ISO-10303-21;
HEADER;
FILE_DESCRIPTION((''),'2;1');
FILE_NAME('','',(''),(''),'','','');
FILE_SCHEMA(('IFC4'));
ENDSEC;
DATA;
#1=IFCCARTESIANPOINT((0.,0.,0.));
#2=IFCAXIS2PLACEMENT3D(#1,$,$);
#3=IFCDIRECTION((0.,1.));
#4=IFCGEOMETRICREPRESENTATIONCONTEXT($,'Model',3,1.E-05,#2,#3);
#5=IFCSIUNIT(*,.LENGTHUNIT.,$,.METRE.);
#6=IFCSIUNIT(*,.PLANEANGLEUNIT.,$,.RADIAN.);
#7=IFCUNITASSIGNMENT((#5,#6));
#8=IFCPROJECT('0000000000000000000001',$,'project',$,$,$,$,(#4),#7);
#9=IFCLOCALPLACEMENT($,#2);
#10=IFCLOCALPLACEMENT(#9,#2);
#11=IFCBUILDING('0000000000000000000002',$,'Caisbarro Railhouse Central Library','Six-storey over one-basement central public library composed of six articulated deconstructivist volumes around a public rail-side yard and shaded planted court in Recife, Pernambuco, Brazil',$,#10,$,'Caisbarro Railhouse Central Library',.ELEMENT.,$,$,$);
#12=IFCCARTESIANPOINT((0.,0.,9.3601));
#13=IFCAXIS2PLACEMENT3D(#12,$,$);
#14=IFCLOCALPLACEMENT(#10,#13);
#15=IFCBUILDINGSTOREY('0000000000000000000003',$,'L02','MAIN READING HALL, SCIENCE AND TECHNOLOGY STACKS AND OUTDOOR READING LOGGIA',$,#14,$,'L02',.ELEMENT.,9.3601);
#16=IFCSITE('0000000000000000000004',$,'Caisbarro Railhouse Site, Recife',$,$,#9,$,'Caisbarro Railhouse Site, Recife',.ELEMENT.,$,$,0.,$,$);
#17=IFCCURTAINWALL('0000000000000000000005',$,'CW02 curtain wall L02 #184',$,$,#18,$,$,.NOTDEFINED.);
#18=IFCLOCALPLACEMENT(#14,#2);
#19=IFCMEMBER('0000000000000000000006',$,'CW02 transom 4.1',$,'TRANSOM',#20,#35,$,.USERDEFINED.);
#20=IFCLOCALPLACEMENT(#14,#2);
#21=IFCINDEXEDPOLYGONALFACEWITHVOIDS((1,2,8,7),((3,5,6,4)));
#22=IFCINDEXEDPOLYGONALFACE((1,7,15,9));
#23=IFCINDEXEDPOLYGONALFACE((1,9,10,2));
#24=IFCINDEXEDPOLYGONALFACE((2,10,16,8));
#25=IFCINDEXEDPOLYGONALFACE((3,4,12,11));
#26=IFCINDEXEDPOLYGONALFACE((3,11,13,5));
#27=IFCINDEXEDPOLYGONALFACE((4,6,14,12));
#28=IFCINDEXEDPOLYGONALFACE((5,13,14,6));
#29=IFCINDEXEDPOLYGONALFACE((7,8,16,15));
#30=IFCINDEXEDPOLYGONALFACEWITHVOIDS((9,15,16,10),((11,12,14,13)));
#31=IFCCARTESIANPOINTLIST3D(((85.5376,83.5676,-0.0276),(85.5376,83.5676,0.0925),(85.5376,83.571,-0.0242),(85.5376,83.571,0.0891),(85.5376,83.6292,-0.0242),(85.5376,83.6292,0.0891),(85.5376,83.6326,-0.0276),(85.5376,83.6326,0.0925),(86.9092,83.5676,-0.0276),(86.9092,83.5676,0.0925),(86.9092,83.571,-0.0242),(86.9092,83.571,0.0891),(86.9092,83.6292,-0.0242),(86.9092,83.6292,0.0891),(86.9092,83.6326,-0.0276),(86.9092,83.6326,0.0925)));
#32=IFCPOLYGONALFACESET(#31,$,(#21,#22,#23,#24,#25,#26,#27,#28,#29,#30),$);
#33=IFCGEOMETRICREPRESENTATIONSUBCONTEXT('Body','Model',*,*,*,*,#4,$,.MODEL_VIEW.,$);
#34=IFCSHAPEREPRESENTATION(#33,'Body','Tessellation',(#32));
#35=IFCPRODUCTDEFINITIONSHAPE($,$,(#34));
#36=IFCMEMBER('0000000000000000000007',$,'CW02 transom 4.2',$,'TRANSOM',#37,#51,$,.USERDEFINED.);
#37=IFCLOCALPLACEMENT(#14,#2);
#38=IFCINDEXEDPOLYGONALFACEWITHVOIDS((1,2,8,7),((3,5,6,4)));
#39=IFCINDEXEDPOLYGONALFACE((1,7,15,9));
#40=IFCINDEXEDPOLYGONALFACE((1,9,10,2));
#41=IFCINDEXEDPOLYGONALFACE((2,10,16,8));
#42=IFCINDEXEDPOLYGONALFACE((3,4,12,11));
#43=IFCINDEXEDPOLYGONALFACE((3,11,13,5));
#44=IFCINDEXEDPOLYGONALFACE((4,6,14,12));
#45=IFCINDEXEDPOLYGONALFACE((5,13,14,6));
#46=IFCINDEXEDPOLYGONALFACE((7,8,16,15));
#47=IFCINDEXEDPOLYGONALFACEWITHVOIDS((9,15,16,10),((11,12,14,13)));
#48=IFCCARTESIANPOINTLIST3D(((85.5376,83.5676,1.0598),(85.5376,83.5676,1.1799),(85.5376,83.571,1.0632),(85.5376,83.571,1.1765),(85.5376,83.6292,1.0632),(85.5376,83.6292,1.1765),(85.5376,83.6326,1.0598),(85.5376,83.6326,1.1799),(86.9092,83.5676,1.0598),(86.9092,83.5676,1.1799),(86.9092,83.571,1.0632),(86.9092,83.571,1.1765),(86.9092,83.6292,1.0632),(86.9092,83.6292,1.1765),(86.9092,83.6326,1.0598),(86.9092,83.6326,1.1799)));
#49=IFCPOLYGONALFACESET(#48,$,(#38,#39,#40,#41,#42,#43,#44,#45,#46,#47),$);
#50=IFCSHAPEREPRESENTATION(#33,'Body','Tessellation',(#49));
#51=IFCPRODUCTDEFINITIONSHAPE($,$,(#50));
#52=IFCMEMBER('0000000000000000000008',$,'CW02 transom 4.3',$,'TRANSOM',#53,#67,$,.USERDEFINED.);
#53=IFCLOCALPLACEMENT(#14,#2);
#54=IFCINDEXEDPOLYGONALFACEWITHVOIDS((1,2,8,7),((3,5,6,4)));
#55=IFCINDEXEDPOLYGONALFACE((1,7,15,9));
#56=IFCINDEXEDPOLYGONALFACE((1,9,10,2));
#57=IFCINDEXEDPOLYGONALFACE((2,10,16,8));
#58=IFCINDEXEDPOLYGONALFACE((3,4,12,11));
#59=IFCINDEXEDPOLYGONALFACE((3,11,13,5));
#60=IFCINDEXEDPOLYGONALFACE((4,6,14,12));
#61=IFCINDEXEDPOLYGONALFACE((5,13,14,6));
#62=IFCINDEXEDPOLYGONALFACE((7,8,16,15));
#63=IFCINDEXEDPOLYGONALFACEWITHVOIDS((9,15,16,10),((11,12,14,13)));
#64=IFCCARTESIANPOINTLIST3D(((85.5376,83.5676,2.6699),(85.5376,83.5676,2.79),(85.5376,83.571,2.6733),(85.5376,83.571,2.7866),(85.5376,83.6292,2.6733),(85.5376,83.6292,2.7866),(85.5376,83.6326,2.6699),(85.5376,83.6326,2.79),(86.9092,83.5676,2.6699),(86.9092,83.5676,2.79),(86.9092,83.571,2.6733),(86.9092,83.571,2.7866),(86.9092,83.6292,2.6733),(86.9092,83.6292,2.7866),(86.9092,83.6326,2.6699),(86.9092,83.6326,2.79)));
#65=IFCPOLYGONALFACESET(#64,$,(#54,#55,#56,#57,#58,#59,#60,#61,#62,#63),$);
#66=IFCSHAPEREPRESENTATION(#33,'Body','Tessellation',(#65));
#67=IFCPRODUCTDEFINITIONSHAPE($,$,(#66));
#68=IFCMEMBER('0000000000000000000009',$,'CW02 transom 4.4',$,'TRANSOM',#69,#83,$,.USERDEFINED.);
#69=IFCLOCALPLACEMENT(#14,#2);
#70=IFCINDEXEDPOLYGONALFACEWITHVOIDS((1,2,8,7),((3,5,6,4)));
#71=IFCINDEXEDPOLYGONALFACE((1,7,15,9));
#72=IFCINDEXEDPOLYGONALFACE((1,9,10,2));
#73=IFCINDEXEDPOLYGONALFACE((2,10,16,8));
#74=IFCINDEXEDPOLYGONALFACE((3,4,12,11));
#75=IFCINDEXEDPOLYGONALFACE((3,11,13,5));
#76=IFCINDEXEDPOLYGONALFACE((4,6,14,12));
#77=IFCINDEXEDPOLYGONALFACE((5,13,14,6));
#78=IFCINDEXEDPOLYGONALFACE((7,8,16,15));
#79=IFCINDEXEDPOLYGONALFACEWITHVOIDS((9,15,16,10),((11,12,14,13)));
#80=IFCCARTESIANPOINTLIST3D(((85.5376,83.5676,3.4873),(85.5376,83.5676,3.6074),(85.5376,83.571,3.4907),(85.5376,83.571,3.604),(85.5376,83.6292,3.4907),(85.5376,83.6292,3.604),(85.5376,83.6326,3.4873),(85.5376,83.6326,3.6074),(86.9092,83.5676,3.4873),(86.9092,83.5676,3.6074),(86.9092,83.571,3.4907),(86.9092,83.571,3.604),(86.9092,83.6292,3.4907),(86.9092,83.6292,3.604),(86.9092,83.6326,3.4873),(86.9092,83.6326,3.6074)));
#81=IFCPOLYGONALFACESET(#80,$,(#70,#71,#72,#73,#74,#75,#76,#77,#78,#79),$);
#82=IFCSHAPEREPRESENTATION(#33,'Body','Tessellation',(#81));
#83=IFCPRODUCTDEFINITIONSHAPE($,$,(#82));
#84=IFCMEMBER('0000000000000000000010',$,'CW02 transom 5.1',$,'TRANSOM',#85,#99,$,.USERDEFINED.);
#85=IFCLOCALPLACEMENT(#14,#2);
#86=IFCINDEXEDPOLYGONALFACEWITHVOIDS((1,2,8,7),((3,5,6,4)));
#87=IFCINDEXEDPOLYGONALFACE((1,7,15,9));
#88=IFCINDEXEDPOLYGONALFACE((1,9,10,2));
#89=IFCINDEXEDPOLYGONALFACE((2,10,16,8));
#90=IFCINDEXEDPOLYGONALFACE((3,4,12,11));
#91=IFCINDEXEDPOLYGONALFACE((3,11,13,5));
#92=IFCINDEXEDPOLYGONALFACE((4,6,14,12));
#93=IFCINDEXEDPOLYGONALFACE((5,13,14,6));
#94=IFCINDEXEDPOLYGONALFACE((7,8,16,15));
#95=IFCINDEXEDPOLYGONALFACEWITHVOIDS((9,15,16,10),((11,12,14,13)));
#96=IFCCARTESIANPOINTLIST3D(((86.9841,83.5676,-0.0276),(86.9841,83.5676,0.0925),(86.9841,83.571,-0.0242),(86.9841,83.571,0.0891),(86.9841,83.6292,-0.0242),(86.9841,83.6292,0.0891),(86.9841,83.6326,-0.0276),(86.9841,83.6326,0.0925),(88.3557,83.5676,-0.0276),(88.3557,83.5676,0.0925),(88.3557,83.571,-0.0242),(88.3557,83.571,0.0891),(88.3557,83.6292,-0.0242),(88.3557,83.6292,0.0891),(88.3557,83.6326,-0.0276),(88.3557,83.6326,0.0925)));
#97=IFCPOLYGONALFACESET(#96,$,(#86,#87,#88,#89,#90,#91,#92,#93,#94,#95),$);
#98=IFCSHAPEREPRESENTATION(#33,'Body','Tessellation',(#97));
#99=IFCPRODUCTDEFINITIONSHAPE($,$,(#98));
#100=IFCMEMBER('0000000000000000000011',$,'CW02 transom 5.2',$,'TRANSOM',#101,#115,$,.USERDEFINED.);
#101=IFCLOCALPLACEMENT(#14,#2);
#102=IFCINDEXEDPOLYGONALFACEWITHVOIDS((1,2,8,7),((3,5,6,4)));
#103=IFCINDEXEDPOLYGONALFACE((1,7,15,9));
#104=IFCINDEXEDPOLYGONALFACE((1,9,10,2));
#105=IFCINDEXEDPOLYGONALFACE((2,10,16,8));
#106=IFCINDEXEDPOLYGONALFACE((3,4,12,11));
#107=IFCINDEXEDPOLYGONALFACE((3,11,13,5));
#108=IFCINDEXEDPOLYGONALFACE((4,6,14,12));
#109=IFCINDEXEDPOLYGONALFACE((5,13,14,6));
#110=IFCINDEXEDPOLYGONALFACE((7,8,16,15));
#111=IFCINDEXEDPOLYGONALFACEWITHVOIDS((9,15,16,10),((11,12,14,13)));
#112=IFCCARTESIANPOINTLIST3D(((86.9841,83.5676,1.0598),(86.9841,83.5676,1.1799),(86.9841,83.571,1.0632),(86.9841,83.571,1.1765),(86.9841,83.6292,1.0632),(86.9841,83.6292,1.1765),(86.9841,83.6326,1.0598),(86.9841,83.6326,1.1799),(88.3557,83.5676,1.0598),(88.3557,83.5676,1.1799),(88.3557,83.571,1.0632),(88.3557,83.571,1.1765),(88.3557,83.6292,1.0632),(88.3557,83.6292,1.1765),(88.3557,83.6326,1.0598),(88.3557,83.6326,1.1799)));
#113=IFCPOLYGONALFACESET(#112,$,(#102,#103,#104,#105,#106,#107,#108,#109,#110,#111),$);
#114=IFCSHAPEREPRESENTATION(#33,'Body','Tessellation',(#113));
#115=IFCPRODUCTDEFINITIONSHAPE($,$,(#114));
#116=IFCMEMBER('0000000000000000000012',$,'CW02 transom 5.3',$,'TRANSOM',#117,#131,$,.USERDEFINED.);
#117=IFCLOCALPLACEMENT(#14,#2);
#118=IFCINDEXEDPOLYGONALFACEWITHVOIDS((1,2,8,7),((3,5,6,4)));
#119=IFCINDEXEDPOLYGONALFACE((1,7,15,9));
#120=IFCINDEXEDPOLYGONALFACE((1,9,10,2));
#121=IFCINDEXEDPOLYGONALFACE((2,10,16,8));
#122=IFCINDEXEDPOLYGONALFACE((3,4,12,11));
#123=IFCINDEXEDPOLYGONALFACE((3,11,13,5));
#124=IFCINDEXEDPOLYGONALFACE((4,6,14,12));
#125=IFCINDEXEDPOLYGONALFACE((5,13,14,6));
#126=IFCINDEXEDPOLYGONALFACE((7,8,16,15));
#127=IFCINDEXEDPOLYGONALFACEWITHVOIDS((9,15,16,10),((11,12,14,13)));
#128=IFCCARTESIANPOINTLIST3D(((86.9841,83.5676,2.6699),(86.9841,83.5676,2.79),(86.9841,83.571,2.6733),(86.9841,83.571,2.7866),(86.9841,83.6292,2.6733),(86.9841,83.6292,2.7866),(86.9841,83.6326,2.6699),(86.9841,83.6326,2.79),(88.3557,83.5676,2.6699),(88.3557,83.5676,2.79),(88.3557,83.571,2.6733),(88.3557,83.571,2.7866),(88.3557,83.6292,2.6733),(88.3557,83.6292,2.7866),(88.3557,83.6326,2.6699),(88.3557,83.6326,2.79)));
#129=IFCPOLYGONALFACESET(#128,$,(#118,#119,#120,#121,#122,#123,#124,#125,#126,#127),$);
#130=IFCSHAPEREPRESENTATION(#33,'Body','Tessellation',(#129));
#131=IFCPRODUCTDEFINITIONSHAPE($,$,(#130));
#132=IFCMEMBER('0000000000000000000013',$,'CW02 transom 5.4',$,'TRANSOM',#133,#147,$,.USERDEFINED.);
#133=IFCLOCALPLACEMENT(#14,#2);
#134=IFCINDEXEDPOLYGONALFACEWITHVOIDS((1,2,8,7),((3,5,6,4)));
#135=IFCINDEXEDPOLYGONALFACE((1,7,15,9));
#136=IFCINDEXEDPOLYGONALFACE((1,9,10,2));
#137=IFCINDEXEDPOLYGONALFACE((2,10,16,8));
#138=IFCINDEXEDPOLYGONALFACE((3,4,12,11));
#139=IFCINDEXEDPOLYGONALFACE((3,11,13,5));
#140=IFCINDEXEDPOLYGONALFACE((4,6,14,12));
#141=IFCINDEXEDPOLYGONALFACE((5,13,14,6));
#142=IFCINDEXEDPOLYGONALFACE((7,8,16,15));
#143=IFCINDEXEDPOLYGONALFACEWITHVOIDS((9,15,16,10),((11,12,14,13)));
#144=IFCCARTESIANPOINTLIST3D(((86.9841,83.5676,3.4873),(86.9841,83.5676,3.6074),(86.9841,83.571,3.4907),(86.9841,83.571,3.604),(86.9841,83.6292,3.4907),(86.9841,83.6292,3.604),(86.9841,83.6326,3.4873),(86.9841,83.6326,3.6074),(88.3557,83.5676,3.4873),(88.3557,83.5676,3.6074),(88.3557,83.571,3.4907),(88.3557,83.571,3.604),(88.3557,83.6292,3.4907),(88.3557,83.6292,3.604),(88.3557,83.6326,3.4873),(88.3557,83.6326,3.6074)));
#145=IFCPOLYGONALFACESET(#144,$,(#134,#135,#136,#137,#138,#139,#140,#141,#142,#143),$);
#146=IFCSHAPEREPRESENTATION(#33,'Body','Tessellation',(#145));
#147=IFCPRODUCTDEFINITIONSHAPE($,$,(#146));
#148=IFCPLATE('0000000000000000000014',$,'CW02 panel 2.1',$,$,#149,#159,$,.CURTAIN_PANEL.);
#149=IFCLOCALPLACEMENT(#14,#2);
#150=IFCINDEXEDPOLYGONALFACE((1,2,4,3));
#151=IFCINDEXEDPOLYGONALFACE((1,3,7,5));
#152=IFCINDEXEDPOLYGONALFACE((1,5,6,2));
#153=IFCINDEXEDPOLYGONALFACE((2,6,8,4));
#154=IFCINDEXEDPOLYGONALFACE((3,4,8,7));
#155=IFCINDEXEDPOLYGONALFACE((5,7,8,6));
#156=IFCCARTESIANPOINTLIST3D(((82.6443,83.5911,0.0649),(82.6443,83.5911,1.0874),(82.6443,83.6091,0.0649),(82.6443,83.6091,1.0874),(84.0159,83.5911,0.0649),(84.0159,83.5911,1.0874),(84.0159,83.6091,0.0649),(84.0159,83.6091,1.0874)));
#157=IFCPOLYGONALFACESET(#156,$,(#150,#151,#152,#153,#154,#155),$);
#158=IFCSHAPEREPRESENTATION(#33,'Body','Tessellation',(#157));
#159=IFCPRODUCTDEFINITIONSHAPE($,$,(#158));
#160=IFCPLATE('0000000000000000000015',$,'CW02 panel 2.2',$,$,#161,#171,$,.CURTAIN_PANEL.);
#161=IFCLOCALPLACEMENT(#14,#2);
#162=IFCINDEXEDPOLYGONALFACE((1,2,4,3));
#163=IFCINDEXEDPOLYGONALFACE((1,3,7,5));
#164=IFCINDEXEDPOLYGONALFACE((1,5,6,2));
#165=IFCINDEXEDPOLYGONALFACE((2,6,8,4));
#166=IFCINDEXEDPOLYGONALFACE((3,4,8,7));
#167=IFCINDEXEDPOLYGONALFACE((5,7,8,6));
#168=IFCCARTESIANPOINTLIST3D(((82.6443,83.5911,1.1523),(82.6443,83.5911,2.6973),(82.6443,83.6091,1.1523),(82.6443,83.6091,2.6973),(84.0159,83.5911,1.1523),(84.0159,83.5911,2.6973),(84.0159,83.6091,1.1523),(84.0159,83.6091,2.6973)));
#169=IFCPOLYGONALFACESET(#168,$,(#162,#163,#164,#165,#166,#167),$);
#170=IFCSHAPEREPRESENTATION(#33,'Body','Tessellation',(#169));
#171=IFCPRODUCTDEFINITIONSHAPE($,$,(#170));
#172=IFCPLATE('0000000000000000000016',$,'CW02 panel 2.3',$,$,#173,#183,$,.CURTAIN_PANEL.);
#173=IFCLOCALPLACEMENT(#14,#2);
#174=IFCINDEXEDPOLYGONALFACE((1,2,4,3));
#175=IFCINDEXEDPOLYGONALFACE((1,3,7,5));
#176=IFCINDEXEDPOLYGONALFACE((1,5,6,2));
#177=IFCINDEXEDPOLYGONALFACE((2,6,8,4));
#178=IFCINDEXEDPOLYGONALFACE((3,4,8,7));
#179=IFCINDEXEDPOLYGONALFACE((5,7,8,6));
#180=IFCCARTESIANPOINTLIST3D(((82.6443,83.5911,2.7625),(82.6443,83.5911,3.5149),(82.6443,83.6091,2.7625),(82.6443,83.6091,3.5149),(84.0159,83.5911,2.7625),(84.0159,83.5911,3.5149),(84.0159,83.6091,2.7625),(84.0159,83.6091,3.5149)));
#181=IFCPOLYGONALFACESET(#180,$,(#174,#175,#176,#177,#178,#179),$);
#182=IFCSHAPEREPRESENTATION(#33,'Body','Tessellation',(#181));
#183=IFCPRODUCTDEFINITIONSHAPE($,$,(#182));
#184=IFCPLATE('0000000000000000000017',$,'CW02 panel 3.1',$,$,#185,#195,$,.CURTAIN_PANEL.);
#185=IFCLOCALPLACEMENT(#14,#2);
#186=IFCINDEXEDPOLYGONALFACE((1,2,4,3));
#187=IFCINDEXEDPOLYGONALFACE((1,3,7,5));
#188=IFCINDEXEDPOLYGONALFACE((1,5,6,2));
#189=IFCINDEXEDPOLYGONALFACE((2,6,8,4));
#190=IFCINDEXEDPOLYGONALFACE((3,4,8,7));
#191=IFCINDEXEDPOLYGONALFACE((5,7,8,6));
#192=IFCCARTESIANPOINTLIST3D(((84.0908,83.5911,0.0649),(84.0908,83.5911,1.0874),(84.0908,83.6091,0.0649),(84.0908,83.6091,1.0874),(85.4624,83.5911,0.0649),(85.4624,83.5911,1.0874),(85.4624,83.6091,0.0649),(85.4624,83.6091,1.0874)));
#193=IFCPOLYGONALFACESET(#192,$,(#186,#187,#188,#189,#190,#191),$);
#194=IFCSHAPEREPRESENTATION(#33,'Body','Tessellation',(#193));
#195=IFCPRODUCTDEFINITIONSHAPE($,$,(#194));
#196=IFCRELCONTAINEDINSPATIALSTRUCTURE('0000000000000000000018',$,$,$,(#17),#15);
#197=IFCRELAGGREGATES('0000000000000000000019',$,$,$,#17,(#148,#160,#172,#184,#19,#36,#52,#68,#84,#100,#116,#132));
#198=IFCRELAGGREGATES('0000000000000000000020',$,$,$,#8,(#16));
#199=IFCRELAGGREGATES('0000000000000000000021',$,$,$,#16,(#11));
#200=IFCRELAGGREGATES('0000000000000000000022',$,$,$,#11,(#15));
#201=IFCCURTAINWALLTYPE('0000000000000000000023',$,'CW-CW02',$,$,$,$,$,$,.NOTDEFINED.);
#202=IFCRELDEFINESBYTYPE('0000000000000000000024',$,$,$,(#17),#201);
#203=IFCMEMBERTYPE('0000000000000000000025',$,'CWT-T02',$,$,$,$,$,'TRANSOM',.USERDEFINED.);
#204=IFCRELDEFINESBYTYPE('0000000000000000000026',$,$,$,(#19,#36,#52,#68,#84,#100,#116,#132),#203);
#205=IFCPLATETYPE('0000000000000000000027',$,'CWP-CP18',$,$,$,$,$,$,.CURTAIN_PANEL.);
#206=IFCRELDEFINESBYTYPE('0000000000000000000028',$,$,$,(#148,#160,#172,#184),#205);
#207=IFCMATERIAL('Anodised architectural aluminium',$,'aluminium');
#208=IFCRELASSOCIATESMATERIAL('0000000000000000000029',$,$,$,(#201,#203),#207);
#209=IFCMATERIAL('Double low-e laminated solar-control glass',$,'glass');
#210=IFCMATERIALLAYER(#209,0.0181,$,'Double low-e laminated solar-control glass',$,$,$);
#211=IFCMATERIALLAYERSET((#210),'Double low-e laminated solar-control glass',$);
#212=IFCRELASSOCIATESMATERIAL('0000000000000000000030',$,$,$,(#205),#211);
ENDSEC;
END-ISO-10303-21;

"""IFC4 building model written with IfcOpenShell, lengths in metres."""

from ifc_helpers import new_model, si_unit, direction, frame, origin, origin_2d, place, context, subcontext, project, spatial, rectangle, hollow_rectangle, extrude, material, layer, layer_set, material_profile, profile_set, type_object, element, aggregate, save


model = new_model("IFC4")

# Units and contexts
model_context = context("Model", 3, precision=1e-05, world=origin(), true_north=direction((0.0, 1.0)))
body_context = subcontext(model_context, "Body", "Model", "MODEL_VIEW")
ifc_project = project(units=[si_unit("LENGTHUNIT", "METRE"), si_unit("PLANEANGLEUNIT", "RADIAN")], contexts=[model_context])

# Site, building, storey
site_placement = place(None, origin())
site = spatial("IfcSite", under=ifc_project, at=site_placement, Name="Caisbarro Railhouse Site, Recife", LongName="Caisbarro Railhouse Site, Recife", CompositionType="ELEMENT", RefElevation=0.0)
building_placement = place(site_placement, origin())
building = spatial("IfcBuilding", under=site, at=building_placement, Name="Caisbarro Railhouse Central Library", Description="Six-storey over one-basement central public library composed of six articulated deconstructivist volumes around a public rail-side yard and shaded planted court in Recife, Pernambuco, Brazil", LongName="Caisbarro Railhouse Central Library", CompositionType="ELEMENT")
storey_placement = place(building_placement, frame((0.0, 0.0, 9.3601)))
storey = spatial("IfcBuildingStorey", under=building, at=storey_placement, Name="L02", Description="MAIN READING HALL, SCIENCE AND TECHNOLOGY STACKS AND OUTDOOR READING LOGGIA", LongName="L02", CompositionType="ELEMENT", Elevation=9.3601)

# Curtain wall, members, plates
ifc_material_1 = material(Name="Anodised architectural aluminium", Category="aluminium")
curtain_wall_type = type_object("IfcCurtainWallType", Name="CW-CW02", PredefinedType="NOTDEFINED", material=ifc_material_1)
curtain_wall_placement = place(storey_placement, origin())
curtain_wall = element("IfcCurtainWall", 1, at=curtain_wall_placement, inside=storey, type_object=curtain_wall_type, Name="CW02 curtain wall L02 #184", PredefinedType="NOTDEFINED")
ifc_material_profile_1 = material_profile(ifc_material_1, hollow_rectangle(XDim=0.0649, YDim=0.1201, WallThickness=0.0034, at=origin_2d()), Name="ALU-TRN-65X120")
ifc_profile_set_1 = profile_set([ifc_material_profile_1], Name="Anodised architectural aluminium")
member_type_1 = type_object("IfcMemberType", Name="CWT-T02", ElementType="TRANSOM", PredefinedType="USERDEFINED", material=ifc_profile_set_1)
member_1_placement = place(storey_placement, frame((85.5376, 83.6001, 0.0325), z_axis=(1.0, 0.0, 0.0), x_axis=(0.0, 1.0, 0.0)))
member_1 = element("IfcMember", 2, at=member_1_placement, type_object=member_type_1, Name="CW02 transom 4.1", ObjectType="TRANSOM", PredefinedType="USERDEFINED", context=body_context, shape_type="SweptSolid", body=[
    extrude(hollow_rectangle(XDim=0.0649, YDim=0.1201, WallThickness=0.0034, at=origin_2d()), origin(), (0.0, 0.0, 1.0), 1.3716),
])
member_2_placement = place(storey_placement, frame((85.5376, 83.6001, 1.1199), z_axis=(1.0, 0.0, 0.0), x_axis=(0.0, 1.0, 0.0)))
member_2 = element("IfcMember", 3, at=member_2_placement, type_object=member_type_1, Name="CW02 transom 4.2", ObjectType="TRANSOM", PredefinedType="USERDEFINED", context=body_context, shape_type="SweptSolid", body=[
    extrude(hollow_rectangle(XDim=0.0649, YDim=0.1201, WallThickness=0.0034, at=origin_2d()), origin(), (0.0, 0.0, 1.0), 1.3716),
])
member_3_placement = place(storey_placement, frame((85.5376, 83.6001, 2.73), z_axis=(1.0, 0.0, 0.0), x_axis=(0.0, 1.0, 0.0)))
member_3 = element("IfcMember", 4, at=member_3_placement, type_object=member_type_1, Name="CW02 transom 4.3", ObjectType="TRANSOM", PredefinedType="USERDEFINED", context=body_context, shape_type="SweptSolid", body=[
    extrude(hollow_rectangle(XDim=0.0649, YDim=0.1201, WallThickness=0.0034, at=origin_2d()), origin(), (0.0, 0.0, 1.0), 1.3716),
])
member_4_placement = place(storey_placement, frame((85.5376, 83.6001, 3.5474), z_axis=(1.0, 0.0, 0.0), x_axis=(0.0, 1.0, 0.0)))
member_4 = element("IfcMember", 5, at=member_4_placement, type_object=member_type_1, Name="CW02 transom 4.4", ObjectType="TRANSOM", PredefinedType="USERDEFINED", context=body_context, shape_type="SweptSolid", body=[
    extrude(hollow_rectangle(XDim=0.0649, YDim=0.1201, WallThickness=0.0034, at=origin_2d()), origin(), (0.0, 0.0, 1.0), 1.3716),
])
member_5_placement = place(storey_placement, frame((86.9841, 83.6001, 0.0325), z_axis=(1.0, 0.0, 0.0), x_axis=(0.0, 1.0, 0.0)))
member_5 = element("IfcMember", 6, at=member_5_placement, type_object=member_type_1, Name="CW02 transom 5.1", ObjectType="TRANSOM", PredefinedType="USERDEFINED", context=body_context, shape_type="SweptSolid", body=[
    extrude(hollow_rectangle(XDim=0.0649, YDim=0.1201, WallThickness=0.0034, at=origin_2d()), origin(), (0.0, 0.0, 1.0), 1.3716),
])
member_6_placement = place(storey_placement, frame((86.9841, 83.6001, 1.1199), z_axis=(1.0, 0.0, 0.0), x_axis=(0.0, 1.0, 0.0)))
member_6 = element("IfcMember", 7, at=member_6_placement, type_object=member_type_1, Name="CW02 transom 5.2", ObjectType="TRANSOM", PredefinedType="USERDEFINED", context=body_context, shape_type="SweptSolid", body=[
    extrude(hollow_rectangle(XDim=0.0649, YDim=0.1201, WallThickness=0.0034, at=origin_2d()), origin(), (0.0, 0.0, 1.0), 1.3716),
])
member_7_placement = place(storey_placement, frame((86.9841, 83.6001, 2.73), z_axis=(1.0, 0.0, 0.0), x_axis=(0.0, 1.0, 0.0)))
member_7 = element("IfcMember", 8, at=member_7_placement, type_object=member_type_1, Name="CW02 transom 5.3", ObjectType="TRANSOM", PredefinedType="USERDEFINED", context=body_context, shape_type="SweptSolid", body=[
    extrude(hollow_rectangle(XDim=0.0649, YDim=0.1201, WallThickness=0.0034, at=origin_2d()), origin(), (0.0, 0.0, 1.0), 1.3716),
])
member_8_placement = place(storey_placement, frame((86.9841, 83.6001, 3.5474), z_axis=(1.0, 0.0, 0.0), x_axis=(0.0, 1.0, 0.0)))
member_8 = element("IfcMember", 9, at=member_8_placement, type_object=member_type_1, Name="CW02 transom 5.4", ObjectType="TRANSOM", PredefinedType="USERDEFINED", context=body_context, shape_type="SweptSolid", body=[
    extrude(hollow_rectangle(XDim=0.0649, YDim=0.1201, WallThickness=0.0034, at=origin_2d()), origin(), (0.0, 0.0, 1.0), 1.3716),
])
ifc_material_2 = material(Name="Double low-e laminated solar-control glass", Category="glass")
ifc_layer = layer(ifc_material_2, 0.0181, Name="Double low-e laminated solar-control glass")
ifc_layer_set = layer_set([ifc_layer], Name="Double low-e laminated solar-control glass")
plate_type = type_object("IfcPlateType", Name="CWP-CP18", PredefinedType="CURTAIN_PANEL", material=ifc_layer_set)
plate_1_placement = place(storey_placement, frame((83.3301, 83.6001, 0.0649), z_axis=(0.0, 0.0, 1.0), x_axis=(1.0, 0.0, 0.0)))
plate_1 = element("IfcPlate", 10, at=plate_1_placement, type_object=plate_type, Name="CW02 panel 2.1", PredefinedType="CURTAIN_PANEL", context=body_context, shape_type="SweptSolid", body=[
    extrude(rectangle(XDim=1.3716, YDim=0.0181, at=origin_2d()), origin(), (0.0, 0.0, 1.0), 1.0225),
])
plate_2_placement = place(storey_placement, frame((83.3301, 83.6001, 1.1523), z_axis=(0.0, 0.0, 1.0), x_axis=(1.0, 0.0, 0.0)))
plate_2 = element("IfcPlate", 11, at=plate_2_placement, type_object=plate_type, Name="CW02 panel 2.2", PredefinedType="CURTAIN_PANEL", context=body_context, shape_type="SweptSolid", body=[
    extrude(rectangle(XDim=1.3716, YDim=0.0181, at=origin_2d()), origin(), (0.0, 0.0, 1.0), 1.5449),
])
plate_3_placement = place(storey_placement, frame((83.3301, 83.6001, 2.7625), z_axis=(0.0, 0.0, 1.0), x_axis=(1.0, 0.0, 0.0)))
plate_3 = element("IfcPlate", 12, at=plate_3_placement, type_object=plate_type, Name="CW02 panel 2.3", PredefinedType="CURTAIN_PANEL", context=body_context, shape_type="SweptSolid", body=[
    extrude(rectangle(XDim=1.3716, YDim=0.0181, at=origin_2d()), origin(), (0.0, 0.0, 1.0), 0.7524),
])
plate_4_placement = place(storey_placement, frame((84.7766, 83.6001, 0.0649), z_axis=(0.0, 0.0, 1.0), x_axis=(1.0, 0.0, 0.0)))
plate_4 = element("IfcPlate", 13, at=plate_4_placement, type_object=plate_type, Name="CW02 panel 3.1", PredefinedType="CURTAIN_PANEL", context=body_context, shape_type="SweptSolid", body=[
    extrude(rectangle(XDim=1.3716, YDim=0.0181, at=origin_2d()), origin(), (0.0, 0.0, 1.0), 1.0225),
])
aggregate(curtain_wall, [plate_1, plate_2, plate_3, plate_4, member_1, member_2, member_3, member_4, member_5, member_6, member_7, member_8])

save(model, "model.ifc")
